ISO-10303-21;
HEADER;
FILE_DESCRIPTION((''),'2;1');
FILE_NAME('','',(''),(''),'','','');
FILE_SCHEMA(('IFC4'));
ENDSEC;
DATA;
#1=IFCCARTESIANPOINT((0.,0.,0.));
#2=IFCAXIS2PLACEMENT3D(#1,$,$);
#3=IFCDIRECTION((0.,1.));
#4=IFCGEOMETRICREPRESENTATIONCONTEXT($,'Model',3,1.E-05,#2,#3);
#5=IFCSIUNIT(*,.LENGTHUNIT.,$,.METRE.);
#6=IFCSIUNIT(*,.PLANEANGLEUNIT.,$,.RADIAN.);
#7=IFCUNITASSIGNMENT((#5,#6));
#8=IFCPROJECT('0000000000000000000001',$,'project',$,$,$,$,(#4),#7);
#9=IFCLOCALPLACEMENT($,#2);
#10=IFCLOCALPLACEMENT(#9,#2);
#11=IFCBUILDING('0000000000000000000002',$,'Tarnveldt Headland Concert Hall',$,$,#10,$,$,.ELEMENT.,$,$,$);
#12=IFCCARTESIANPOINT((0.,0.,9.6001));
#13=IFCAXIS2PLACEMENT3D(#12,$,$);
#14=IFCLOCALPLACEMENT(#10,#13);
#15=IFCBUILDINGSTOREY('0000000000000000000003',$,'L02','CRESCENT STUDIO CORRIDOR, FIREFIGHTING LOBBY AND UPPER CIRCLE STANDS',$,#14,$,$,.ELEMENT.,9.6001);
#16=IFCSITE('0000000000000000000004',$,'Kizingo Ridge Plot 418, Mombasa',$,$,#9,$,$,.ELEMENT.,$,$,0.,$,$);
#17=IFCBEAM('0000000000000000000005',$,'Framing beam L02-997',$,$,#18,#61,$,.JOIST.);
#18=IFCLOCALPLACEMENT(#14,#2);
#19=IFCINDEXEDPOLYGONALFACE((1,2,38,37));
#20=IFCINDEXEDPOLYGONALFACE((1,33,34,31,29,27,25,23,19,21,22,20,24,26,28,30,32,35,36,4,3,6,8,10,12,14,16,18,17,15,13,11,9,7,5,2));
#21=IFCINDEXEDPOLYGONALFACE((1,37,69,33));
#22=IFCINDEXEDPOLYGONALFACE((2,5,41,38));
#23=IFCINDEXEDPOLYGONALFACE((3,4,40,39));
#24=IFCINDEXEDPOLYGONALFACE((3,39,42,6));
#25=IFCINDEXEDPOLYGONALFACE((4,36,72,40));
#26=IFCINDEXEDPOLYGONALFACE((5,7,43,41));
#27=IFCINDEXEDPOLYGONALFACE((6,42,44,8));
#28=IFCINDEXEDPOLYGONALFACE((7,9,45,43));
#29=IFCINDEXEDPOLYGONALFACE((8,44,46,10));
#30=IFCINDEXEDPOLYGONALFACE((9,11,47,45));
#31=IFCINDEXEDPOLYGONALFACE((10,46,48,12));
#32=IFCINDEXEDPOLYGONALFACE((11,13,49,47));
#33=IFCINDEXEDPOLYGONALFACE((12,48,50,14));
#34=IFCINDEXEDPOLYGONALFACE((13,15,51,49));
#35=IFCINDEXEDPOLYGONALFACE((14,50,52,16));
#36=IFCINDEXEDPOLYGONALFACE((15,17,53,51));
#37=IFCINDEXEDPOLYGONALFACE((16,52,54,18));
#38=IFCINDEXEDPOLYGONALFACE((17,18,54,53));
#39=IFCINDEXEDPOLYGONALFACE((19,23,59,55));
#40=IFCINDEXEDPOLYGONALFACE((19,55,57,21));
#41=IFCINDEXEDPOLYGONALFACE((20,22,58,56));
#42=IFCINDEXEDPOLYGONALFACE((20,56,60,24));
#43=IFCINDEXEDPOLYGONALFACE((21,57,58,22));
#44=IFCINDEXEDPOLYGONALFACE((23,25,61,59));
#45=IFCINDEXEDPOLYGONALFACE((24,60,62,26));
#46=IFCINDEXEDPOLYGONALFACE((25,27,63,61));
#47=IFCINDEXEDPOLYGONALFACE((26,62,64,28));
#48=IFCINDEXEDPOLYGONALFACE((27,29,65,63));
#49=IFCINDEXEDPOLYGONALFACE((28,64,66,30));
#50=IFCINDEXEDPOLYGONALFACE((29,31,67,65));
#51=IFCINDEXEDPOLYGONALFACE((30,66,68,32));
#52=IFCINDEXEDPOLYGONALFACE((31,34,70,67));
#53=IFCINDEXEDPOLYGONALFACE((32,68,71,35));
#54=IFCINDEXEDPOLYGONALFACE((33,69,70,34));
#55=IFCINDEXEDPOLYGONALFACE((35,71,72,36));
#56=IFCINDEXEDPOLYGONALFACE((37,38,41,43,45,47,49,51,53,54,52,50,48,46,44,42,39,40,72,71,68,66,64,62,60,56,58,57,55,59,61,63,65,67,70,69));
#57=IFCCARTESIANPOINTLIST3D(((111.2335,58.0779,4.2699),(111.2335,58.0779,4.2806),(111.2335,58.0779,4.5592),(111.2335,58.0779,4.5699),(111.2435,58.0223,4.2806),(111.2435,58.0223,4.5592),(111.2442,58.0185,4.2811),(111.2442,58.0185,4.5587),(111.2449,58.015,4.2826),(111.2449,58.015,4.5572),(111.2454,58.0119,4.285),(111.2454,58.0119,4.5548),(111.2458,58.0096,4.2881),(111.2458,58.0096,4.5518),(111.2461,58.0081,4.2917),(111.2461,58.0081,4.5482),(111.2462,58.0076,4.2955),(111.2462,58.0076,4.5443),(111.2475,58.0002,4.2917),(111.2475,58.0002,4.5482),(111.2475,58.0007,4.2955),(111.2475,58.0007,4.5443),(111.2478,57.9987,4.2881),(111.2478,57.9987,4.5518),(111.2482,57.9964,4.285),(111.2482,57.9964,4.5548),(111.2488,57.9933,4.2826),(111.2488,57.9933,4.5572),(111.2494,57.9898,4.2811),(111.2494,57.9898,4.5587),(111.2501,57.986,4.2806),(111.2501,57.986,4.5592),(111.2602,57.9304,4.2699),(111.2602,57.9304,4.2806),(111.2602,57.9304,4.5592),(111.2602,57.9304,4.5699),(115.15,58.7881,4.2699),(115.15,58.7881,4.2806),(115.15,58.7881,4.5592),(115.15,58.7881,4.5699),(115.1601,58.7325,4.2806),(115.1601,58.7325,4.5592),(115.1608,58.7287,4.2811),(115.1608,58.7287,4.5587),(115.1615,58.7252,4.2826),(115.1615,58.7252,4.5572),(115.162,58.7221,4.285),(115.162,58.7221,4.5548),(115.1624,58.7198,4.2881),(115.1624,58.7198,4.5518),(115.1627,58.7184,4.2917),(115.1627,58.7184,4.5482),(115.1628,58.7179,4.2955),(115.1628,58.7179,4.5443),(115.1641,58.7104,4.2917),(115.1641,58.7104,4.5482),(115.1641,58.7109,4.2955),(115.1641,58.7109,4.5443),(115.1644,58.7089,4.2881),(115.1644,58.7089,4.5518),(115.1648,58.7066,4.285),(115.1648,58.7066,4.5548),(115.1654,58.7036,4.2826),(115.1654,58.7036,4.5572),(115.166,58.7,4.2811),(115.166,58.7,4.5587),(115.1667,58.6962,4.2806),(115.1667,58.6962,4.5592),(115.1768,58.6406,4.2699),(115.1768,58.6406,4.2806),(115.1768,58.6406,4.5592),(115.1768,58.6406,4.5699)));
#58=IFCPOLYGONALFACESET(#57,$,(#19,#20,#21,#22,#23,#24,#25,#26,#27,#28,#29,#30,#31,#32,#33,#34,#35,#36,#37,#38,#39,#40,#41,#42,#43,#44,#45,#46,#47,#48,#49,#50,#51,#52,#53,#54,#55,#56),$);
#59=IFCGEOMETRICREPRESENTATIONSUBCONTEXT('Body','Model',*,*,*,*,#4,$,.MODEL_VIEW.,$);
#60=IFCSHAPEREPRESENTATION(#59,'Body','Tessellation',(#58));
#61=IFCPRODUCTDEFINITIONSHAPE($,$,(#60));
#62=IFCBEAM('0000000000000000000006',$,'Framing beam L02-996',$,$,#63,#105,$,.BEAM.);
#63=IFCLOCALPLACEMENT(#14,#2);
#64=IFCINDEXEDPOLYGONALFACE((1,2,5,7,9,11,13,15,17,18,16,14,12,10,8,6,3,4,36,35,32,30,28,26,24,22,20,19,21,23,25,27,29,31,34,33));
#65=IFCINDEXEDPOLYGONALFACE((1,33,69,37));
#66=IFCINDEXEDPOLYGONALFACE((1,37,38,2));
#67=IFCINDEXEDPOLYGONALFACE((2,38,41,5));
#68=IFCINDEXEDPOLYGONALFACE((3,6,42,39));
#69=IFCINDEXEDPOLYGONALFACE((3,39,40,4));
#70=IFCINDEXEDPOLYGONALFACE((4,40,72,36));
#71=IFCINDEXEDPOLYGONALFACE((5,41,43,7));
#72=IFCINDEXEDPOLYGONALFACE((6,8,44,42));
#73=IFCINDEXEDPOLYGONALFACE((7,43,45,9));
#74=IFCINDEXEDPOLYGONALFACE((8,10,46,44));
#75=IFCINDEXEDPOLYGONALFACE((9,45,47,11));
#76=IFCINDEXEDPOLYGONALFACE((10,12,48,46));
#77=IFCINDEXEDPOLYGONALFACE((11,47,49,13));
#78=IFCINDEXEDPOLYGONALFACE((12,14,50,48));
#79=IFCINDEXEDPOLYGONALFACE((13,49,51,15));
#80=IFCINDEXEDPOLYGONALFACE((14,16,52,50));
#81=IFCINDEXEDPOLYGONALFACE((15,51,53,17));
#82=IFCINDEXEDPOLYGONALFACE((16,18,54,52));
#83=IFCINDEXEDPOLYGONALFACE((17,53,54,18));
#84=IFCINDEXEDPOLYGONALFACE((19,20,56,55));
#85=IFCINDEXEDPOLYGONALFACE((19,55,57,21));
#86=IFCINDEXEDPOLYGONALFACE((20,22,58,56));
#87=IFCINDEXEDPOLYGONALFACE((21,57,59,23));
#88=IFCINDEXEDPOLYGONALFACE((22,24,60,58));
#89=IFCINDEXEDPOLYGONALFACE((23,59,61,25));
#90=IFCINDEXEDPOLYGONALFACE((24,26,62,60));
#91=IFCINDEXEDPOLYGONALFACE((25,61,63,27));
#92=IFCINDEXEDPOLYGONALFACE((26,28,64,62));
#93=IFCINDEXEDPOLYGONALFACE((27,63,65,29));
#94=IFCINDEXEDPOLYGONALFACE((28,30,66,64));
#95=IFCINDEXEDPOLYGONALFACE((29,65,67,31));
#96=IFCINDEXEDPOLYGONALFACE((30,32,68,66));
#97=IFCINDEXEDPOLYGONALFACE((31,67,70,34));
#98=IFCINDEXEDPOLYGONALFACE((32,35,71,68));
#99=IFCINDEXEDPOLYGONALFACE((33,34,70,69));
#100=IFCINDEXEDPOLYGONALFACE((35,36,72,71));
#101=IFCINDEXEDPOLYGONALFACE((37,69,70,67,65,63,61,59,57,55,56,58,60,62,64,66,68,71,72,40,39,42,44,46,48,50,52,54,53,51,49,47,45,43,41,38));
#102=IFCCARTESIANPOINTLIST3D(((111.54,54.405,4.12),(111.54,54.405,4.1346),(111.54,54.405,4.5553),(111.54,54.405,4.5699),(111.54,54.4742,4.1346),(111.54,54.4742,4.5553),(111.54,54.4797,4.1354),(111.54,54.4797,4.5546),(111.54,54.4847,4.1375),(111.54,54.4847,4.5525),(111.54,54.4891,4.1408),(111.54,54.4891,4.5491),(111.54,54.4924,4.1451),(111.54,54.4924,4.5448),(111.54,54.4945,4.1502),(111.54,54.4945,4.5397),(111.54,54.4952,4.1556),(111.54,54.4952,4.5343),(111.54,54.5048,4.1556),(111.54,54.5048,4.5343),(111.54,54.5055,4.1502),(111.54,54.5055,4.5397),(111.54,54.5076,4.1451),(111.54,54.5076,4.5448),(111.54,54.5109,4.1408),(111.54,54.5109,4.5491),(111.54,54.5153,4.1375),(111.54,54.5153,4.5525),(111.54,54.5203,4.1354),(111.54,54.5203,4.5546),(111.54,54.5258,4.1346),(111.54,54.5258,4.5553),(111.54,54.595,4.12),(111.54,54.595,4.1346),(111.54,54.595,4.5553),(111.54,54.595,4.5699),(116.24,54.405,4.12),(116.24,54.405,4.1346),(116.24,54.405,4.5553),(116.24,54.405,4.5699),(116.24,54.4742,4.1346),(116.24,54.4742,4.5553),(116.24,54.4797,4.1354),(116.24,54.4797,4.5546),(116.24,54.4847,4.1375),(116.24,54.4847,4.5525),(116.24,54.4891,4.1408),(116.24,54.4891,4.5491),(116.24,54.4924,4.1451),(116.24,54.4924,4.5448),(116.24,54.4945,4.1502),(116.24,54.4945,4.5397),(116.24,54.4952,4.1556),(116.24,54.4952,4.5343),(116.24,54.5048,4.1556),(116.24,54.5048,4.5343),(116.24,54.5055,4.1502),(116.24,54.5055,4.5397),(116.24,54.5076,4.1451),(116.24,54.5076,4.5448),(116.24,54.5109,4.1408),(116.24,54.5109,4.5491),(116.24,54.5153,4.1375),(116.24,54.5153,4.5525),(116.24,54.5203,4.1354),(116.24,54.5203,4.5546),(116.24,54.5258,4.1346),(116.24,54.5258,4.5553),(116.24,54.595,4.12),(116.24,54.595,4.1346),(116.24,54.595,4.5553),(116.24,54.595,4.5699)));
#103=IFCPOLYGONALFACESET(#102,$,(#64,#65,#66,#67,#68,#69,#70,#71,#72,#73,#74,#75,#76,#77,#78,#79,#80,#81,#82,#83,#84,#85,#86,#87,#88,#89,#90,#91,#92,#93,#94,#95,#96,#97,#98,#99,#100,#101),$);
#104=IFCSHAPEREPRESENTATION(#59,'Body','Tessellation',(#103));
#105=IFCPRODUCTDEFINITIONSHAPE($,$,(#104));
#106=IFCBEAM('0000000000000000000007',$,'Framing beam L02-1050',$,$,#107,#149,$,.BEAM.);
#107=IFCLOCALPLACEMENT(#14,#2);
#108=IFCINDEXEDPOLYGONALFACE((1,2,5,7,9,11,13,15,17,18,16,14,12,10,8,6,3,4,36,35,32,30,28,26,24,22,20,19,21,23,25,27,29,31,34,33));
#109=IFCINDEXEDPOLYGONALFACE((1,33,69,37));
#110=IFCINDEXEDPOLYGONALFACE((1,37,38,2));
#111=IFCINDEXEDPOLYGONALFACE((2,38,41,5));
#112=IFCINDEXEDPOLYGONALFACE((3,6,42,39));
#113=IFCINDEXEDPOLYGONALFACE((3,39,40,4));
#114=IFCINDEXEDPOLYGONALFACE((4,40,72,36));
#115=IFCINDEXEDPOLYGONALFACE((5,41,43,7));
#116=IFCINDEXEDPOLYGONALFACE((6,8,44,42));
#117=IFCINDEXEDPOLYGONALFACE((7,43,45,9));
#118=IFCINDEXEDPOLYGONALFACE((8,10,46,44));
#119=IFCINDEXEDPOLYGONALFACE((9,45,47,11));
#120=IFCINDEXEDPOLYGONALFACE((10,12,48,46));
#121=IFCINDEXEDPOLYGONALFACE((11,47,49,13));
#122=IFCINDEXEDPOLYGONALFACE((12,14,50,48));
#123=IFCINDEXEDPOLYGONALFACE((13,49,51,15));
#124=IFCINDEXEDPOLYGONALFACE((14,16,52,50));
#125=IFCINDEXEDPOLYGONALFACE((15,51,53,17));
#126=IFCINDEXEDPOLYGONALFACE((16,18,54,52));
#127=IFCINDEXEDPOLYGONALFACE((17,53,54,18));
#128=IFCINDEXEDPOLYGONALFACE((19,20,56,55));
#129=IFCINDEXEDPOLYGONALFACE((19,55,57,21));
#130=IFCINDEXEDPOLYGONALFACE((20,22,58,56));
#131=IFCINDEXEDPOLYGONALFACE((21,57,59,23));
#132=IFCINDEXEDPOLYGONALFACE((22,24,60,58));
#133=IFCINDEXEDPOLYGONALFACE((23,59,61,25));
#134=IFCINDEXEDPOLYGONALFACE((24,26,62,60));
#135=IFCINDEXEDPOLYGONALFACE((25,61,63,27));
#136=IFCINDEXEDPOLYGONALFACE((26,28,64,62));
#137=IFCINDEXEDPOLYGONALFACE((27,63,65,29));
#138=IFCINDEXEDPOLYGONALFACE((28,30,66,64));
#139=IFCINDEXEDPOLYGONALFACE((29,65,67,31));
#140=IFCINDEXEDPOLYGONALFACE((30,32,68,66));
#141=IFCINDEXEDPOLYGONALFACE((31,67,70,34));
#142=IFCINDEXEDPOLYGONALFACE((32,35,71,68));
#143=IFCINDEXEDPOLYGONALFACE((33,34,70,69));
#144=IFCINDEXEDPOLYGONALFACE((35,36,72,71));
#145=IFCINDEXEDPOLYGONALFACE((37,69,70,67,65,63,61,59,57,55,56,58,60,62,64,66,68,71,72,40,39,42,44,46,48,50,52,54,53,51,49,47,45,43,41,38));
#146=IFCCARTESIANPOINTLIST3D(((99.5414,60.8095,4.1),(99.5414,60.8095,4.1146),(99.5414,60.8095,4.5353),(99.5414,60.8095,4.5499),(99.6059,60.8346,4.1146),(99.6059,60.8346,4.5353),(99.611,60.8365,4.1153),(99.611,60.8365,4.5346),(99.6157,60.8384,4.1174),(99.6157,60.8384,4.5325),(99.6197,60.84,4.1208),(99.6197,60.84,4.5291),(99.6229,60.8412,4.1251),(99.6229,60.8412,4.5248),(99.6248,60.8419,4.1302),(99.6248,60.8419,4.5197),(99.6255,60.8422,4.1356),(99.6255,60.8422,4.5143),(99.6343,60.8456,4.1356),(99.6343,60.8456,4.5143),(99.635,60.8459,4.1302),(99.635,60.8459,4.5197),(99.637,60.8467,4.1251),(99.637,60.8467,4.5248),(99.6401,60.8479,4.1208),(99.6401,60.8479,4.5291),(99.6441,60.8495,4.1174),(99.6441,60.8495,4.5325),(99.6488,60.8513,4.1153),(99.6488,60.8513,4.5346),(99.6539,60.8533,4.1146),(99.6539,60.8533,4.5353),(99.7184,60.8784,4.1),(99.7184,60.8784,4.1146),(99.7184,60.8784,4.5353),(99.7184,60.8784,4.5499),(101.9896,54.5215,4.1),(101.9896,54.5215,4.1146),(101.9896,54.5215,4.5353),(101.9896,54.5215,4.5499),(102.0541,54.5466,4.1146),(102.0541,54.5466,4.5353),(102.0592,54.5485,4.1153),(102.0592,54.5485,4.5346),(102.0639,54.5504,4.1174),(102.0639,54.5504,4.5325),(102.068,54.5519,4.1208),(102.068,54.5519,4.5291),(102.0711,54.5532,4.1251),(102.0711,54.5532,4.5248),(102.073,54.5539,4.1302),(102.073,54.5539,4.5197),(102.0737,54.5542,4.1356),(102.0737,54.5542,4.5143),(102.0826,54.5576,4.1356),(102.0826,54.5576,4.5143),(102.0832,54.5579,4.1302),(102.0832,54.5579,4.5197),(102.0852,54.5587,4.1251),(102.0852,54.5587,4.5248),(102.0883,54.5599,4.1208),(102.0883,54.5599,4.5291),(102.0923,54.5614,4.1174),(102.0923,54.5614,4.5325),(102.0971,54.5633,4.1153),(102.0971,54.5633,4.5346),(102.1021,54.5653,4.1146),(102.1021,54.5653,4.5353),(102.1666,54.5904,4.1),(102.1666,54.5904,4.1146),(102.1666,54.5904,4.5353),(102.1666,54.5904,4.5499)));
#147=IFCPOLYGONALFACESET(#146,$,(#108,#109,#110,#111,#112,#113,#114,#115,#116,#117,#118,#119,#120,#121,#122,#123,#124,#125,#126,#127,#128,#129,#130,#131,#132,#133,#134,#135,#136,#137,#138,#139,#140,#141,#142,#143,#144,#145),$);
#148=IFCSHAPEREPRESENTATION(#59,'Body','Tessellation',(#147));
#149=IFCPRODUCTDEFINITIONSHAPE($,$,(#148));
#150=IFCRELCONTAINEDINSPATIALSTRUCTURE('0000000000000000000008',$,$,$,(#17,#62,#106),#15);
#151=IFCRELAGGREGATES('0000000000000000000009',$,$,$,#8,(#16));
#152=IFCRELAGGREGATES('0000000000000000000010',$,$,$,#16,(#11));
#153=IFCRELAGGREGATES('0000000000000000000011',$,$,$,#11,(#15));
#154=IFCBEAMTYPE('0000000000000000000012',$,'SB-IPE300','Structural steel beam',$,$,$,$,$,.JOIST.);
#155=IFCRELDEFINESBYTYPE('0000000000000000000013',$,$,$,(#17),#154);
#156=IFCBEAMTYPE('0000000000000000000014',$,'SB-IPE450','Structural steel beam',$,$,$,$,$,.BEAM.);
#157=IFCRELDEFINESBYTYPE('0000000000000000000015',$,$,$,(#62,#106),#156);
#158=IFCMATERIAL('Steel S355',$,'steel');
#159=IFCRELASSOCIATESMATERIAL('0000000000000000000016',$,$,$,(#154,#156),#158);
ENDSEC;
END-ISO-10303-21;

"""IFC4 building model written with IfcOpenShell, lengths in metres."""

from ifc_helpers import new_model, si_unit, direction, frame, origin, origin_2d, place, context, subcontext, project, spatial, i_section, extrude, material, material_profile, profile_set, type_object, element, save


model = new_model("IFC4")

# Units and contexts
model_context = context("Model", 3, precision=1e-05, world=origin(), true_north=direction((0.0, 1.0)))
body_context = subcontext(model_context, "Body", "Model", "MODEL_VIEW")
ifc_project = project(units=[si_unit("LENGTHUNIT", "METRE"), si_unit("PLANEANGLEUNIT", "RADIAN")], contexts=[model_context])

# Site, building, storey
site_placement = place(None, origin())
site = spatial("IfcSite", under=ifc_project, at=site_placement, Name="Kizingo Ridge Plot 418, Mombasa", CompositionType="ELEMENT", RefElevation=0.0)
building_placement = place(site_placement, origin())
building = spatial("IfcBuilding", under=site, at=building_placement, Name="Tarnveldt Headland Concert Hall", CompositionType="ELEMENT")
storey_placement = place(building_placement, frame((0.0, 0.0, 9.6001)))
storey = spatial("IfcBuildingStorey", under=building, at=storey_placement, Name="L02", Description="CRESCENT STUDIO CORRIDOR, FIREFIGHTING LOBBY AND UPPER CIRCLE STANDS", CompositionType="ELEMENT", Elevation=9.6001)

# Beams
ifc_material_1 = material(Name="Steel S355", Category="steel")
ifc_material_profile_1 = material_profile(ifc_material_1, i_section(OverallWidth=0.1499, OverallDepth=0.3, WebThickness=0.0071, FlangeThickness=0.0107, FilletRadius=0.0149, at=origin_2d()), Name="IPE300", Category="steel")
ifc_profile_set_1 = profile_set([ifc_material_profile_1], Name="Steel S355")
beam_type_1 = type_object("IfcBeamType", Name="SB-IPE300", Description="Structural steel beam", PredefinedType="JOIST", material=ifc_profile_set_1)
beam_1_placement = place(storey_placement, frame((111.2468, 58.0042, 4.4199), z_axis=(0.983953, 0.178427, 0.0), x_axis=(-0.178427, 0.983953, 0.0)))
element("IfcBeam", 1, at=beam_1_placement, inside=storey, type_object=beam_type_1, Name="Framing beam L02-997", PredefinedType="JOIST", context=body_context, shape_type="SweptSolid", body=[
    extrude(i_section(OverallWidth=0.1499, OverallDepth=0.3, WebThickness=0.0071, FlangeThickness=0.0107, FilletRadius=0.0149, at=origin_2d()), origin(), (0.0, 0.0, 1.0), 3.9805),
])
ifc_material_profile_2 = material_profile(ifc_material_1, i_section(OverallWidth=0.1899, OverallDepth=0.45, WebThickness=0.0095, FlangeThickness=0.0146, FilletRadius=0.021, at=origin_2d()), Name="IPE450", Category="steel")
ifc_profile_set_2 = profile_set([ifc_material_profile_2], Name="Steel S355")
beam_type_2 = type_object("IfcBeamType", Name="SB-IPE450", Description="Structural steel beam", PredefinedType="BEAM", material=ifc_profile_set_2)
beam_2_placement = place(storey_placement, frame((111.54, 54.5, 4.345), z_axis=(1.0, 0.0, 0.0), x_axis=(0.0, 1.0, 0.0)))
element("IfcBeam", 2, at=beam_2_placement, inside=storey, type_object=beam_type_2, Name="Framing beam L02-996", PredefinedType="BEAM", context=body_context, shape_type="SweptSolid", body=[
    extrude(i_section(OverallWidth=0.1899, OverallDepth=0.45, WebThickness=0.0095, FlangeThickness=0.0146, FilletRadius=0.021, at=origin_2d()), origin(), (0.0, 0.0, 1.0), 4.7),
])
beam_3_placement = place(storey_placement, frame((102.0781, 54.5559, 4.325), z_axis=(-0.362816, 0.931861, 0.0), x_axis=(-0.931861, -0.362816, 0.0)))
element("IfcBeam", 3, at=beam_3_placement, inside=storey, type_object=beam_type_2, Name="Framing beam L02-1050", PredefinedType="BEAM", context=body_context, shape_type="SweptSolid", body=[
    extrude(i_section(OverallWidth=0.1899, OverallDepth=0.45, WebThickness=0.0095, FlangeThickness=0.0146, FilletRadius=0.021, at=origin_2d()), origin(), (0.0, 0.0, 1.0), 6.7478),
])

save(model, "model.ifc")
